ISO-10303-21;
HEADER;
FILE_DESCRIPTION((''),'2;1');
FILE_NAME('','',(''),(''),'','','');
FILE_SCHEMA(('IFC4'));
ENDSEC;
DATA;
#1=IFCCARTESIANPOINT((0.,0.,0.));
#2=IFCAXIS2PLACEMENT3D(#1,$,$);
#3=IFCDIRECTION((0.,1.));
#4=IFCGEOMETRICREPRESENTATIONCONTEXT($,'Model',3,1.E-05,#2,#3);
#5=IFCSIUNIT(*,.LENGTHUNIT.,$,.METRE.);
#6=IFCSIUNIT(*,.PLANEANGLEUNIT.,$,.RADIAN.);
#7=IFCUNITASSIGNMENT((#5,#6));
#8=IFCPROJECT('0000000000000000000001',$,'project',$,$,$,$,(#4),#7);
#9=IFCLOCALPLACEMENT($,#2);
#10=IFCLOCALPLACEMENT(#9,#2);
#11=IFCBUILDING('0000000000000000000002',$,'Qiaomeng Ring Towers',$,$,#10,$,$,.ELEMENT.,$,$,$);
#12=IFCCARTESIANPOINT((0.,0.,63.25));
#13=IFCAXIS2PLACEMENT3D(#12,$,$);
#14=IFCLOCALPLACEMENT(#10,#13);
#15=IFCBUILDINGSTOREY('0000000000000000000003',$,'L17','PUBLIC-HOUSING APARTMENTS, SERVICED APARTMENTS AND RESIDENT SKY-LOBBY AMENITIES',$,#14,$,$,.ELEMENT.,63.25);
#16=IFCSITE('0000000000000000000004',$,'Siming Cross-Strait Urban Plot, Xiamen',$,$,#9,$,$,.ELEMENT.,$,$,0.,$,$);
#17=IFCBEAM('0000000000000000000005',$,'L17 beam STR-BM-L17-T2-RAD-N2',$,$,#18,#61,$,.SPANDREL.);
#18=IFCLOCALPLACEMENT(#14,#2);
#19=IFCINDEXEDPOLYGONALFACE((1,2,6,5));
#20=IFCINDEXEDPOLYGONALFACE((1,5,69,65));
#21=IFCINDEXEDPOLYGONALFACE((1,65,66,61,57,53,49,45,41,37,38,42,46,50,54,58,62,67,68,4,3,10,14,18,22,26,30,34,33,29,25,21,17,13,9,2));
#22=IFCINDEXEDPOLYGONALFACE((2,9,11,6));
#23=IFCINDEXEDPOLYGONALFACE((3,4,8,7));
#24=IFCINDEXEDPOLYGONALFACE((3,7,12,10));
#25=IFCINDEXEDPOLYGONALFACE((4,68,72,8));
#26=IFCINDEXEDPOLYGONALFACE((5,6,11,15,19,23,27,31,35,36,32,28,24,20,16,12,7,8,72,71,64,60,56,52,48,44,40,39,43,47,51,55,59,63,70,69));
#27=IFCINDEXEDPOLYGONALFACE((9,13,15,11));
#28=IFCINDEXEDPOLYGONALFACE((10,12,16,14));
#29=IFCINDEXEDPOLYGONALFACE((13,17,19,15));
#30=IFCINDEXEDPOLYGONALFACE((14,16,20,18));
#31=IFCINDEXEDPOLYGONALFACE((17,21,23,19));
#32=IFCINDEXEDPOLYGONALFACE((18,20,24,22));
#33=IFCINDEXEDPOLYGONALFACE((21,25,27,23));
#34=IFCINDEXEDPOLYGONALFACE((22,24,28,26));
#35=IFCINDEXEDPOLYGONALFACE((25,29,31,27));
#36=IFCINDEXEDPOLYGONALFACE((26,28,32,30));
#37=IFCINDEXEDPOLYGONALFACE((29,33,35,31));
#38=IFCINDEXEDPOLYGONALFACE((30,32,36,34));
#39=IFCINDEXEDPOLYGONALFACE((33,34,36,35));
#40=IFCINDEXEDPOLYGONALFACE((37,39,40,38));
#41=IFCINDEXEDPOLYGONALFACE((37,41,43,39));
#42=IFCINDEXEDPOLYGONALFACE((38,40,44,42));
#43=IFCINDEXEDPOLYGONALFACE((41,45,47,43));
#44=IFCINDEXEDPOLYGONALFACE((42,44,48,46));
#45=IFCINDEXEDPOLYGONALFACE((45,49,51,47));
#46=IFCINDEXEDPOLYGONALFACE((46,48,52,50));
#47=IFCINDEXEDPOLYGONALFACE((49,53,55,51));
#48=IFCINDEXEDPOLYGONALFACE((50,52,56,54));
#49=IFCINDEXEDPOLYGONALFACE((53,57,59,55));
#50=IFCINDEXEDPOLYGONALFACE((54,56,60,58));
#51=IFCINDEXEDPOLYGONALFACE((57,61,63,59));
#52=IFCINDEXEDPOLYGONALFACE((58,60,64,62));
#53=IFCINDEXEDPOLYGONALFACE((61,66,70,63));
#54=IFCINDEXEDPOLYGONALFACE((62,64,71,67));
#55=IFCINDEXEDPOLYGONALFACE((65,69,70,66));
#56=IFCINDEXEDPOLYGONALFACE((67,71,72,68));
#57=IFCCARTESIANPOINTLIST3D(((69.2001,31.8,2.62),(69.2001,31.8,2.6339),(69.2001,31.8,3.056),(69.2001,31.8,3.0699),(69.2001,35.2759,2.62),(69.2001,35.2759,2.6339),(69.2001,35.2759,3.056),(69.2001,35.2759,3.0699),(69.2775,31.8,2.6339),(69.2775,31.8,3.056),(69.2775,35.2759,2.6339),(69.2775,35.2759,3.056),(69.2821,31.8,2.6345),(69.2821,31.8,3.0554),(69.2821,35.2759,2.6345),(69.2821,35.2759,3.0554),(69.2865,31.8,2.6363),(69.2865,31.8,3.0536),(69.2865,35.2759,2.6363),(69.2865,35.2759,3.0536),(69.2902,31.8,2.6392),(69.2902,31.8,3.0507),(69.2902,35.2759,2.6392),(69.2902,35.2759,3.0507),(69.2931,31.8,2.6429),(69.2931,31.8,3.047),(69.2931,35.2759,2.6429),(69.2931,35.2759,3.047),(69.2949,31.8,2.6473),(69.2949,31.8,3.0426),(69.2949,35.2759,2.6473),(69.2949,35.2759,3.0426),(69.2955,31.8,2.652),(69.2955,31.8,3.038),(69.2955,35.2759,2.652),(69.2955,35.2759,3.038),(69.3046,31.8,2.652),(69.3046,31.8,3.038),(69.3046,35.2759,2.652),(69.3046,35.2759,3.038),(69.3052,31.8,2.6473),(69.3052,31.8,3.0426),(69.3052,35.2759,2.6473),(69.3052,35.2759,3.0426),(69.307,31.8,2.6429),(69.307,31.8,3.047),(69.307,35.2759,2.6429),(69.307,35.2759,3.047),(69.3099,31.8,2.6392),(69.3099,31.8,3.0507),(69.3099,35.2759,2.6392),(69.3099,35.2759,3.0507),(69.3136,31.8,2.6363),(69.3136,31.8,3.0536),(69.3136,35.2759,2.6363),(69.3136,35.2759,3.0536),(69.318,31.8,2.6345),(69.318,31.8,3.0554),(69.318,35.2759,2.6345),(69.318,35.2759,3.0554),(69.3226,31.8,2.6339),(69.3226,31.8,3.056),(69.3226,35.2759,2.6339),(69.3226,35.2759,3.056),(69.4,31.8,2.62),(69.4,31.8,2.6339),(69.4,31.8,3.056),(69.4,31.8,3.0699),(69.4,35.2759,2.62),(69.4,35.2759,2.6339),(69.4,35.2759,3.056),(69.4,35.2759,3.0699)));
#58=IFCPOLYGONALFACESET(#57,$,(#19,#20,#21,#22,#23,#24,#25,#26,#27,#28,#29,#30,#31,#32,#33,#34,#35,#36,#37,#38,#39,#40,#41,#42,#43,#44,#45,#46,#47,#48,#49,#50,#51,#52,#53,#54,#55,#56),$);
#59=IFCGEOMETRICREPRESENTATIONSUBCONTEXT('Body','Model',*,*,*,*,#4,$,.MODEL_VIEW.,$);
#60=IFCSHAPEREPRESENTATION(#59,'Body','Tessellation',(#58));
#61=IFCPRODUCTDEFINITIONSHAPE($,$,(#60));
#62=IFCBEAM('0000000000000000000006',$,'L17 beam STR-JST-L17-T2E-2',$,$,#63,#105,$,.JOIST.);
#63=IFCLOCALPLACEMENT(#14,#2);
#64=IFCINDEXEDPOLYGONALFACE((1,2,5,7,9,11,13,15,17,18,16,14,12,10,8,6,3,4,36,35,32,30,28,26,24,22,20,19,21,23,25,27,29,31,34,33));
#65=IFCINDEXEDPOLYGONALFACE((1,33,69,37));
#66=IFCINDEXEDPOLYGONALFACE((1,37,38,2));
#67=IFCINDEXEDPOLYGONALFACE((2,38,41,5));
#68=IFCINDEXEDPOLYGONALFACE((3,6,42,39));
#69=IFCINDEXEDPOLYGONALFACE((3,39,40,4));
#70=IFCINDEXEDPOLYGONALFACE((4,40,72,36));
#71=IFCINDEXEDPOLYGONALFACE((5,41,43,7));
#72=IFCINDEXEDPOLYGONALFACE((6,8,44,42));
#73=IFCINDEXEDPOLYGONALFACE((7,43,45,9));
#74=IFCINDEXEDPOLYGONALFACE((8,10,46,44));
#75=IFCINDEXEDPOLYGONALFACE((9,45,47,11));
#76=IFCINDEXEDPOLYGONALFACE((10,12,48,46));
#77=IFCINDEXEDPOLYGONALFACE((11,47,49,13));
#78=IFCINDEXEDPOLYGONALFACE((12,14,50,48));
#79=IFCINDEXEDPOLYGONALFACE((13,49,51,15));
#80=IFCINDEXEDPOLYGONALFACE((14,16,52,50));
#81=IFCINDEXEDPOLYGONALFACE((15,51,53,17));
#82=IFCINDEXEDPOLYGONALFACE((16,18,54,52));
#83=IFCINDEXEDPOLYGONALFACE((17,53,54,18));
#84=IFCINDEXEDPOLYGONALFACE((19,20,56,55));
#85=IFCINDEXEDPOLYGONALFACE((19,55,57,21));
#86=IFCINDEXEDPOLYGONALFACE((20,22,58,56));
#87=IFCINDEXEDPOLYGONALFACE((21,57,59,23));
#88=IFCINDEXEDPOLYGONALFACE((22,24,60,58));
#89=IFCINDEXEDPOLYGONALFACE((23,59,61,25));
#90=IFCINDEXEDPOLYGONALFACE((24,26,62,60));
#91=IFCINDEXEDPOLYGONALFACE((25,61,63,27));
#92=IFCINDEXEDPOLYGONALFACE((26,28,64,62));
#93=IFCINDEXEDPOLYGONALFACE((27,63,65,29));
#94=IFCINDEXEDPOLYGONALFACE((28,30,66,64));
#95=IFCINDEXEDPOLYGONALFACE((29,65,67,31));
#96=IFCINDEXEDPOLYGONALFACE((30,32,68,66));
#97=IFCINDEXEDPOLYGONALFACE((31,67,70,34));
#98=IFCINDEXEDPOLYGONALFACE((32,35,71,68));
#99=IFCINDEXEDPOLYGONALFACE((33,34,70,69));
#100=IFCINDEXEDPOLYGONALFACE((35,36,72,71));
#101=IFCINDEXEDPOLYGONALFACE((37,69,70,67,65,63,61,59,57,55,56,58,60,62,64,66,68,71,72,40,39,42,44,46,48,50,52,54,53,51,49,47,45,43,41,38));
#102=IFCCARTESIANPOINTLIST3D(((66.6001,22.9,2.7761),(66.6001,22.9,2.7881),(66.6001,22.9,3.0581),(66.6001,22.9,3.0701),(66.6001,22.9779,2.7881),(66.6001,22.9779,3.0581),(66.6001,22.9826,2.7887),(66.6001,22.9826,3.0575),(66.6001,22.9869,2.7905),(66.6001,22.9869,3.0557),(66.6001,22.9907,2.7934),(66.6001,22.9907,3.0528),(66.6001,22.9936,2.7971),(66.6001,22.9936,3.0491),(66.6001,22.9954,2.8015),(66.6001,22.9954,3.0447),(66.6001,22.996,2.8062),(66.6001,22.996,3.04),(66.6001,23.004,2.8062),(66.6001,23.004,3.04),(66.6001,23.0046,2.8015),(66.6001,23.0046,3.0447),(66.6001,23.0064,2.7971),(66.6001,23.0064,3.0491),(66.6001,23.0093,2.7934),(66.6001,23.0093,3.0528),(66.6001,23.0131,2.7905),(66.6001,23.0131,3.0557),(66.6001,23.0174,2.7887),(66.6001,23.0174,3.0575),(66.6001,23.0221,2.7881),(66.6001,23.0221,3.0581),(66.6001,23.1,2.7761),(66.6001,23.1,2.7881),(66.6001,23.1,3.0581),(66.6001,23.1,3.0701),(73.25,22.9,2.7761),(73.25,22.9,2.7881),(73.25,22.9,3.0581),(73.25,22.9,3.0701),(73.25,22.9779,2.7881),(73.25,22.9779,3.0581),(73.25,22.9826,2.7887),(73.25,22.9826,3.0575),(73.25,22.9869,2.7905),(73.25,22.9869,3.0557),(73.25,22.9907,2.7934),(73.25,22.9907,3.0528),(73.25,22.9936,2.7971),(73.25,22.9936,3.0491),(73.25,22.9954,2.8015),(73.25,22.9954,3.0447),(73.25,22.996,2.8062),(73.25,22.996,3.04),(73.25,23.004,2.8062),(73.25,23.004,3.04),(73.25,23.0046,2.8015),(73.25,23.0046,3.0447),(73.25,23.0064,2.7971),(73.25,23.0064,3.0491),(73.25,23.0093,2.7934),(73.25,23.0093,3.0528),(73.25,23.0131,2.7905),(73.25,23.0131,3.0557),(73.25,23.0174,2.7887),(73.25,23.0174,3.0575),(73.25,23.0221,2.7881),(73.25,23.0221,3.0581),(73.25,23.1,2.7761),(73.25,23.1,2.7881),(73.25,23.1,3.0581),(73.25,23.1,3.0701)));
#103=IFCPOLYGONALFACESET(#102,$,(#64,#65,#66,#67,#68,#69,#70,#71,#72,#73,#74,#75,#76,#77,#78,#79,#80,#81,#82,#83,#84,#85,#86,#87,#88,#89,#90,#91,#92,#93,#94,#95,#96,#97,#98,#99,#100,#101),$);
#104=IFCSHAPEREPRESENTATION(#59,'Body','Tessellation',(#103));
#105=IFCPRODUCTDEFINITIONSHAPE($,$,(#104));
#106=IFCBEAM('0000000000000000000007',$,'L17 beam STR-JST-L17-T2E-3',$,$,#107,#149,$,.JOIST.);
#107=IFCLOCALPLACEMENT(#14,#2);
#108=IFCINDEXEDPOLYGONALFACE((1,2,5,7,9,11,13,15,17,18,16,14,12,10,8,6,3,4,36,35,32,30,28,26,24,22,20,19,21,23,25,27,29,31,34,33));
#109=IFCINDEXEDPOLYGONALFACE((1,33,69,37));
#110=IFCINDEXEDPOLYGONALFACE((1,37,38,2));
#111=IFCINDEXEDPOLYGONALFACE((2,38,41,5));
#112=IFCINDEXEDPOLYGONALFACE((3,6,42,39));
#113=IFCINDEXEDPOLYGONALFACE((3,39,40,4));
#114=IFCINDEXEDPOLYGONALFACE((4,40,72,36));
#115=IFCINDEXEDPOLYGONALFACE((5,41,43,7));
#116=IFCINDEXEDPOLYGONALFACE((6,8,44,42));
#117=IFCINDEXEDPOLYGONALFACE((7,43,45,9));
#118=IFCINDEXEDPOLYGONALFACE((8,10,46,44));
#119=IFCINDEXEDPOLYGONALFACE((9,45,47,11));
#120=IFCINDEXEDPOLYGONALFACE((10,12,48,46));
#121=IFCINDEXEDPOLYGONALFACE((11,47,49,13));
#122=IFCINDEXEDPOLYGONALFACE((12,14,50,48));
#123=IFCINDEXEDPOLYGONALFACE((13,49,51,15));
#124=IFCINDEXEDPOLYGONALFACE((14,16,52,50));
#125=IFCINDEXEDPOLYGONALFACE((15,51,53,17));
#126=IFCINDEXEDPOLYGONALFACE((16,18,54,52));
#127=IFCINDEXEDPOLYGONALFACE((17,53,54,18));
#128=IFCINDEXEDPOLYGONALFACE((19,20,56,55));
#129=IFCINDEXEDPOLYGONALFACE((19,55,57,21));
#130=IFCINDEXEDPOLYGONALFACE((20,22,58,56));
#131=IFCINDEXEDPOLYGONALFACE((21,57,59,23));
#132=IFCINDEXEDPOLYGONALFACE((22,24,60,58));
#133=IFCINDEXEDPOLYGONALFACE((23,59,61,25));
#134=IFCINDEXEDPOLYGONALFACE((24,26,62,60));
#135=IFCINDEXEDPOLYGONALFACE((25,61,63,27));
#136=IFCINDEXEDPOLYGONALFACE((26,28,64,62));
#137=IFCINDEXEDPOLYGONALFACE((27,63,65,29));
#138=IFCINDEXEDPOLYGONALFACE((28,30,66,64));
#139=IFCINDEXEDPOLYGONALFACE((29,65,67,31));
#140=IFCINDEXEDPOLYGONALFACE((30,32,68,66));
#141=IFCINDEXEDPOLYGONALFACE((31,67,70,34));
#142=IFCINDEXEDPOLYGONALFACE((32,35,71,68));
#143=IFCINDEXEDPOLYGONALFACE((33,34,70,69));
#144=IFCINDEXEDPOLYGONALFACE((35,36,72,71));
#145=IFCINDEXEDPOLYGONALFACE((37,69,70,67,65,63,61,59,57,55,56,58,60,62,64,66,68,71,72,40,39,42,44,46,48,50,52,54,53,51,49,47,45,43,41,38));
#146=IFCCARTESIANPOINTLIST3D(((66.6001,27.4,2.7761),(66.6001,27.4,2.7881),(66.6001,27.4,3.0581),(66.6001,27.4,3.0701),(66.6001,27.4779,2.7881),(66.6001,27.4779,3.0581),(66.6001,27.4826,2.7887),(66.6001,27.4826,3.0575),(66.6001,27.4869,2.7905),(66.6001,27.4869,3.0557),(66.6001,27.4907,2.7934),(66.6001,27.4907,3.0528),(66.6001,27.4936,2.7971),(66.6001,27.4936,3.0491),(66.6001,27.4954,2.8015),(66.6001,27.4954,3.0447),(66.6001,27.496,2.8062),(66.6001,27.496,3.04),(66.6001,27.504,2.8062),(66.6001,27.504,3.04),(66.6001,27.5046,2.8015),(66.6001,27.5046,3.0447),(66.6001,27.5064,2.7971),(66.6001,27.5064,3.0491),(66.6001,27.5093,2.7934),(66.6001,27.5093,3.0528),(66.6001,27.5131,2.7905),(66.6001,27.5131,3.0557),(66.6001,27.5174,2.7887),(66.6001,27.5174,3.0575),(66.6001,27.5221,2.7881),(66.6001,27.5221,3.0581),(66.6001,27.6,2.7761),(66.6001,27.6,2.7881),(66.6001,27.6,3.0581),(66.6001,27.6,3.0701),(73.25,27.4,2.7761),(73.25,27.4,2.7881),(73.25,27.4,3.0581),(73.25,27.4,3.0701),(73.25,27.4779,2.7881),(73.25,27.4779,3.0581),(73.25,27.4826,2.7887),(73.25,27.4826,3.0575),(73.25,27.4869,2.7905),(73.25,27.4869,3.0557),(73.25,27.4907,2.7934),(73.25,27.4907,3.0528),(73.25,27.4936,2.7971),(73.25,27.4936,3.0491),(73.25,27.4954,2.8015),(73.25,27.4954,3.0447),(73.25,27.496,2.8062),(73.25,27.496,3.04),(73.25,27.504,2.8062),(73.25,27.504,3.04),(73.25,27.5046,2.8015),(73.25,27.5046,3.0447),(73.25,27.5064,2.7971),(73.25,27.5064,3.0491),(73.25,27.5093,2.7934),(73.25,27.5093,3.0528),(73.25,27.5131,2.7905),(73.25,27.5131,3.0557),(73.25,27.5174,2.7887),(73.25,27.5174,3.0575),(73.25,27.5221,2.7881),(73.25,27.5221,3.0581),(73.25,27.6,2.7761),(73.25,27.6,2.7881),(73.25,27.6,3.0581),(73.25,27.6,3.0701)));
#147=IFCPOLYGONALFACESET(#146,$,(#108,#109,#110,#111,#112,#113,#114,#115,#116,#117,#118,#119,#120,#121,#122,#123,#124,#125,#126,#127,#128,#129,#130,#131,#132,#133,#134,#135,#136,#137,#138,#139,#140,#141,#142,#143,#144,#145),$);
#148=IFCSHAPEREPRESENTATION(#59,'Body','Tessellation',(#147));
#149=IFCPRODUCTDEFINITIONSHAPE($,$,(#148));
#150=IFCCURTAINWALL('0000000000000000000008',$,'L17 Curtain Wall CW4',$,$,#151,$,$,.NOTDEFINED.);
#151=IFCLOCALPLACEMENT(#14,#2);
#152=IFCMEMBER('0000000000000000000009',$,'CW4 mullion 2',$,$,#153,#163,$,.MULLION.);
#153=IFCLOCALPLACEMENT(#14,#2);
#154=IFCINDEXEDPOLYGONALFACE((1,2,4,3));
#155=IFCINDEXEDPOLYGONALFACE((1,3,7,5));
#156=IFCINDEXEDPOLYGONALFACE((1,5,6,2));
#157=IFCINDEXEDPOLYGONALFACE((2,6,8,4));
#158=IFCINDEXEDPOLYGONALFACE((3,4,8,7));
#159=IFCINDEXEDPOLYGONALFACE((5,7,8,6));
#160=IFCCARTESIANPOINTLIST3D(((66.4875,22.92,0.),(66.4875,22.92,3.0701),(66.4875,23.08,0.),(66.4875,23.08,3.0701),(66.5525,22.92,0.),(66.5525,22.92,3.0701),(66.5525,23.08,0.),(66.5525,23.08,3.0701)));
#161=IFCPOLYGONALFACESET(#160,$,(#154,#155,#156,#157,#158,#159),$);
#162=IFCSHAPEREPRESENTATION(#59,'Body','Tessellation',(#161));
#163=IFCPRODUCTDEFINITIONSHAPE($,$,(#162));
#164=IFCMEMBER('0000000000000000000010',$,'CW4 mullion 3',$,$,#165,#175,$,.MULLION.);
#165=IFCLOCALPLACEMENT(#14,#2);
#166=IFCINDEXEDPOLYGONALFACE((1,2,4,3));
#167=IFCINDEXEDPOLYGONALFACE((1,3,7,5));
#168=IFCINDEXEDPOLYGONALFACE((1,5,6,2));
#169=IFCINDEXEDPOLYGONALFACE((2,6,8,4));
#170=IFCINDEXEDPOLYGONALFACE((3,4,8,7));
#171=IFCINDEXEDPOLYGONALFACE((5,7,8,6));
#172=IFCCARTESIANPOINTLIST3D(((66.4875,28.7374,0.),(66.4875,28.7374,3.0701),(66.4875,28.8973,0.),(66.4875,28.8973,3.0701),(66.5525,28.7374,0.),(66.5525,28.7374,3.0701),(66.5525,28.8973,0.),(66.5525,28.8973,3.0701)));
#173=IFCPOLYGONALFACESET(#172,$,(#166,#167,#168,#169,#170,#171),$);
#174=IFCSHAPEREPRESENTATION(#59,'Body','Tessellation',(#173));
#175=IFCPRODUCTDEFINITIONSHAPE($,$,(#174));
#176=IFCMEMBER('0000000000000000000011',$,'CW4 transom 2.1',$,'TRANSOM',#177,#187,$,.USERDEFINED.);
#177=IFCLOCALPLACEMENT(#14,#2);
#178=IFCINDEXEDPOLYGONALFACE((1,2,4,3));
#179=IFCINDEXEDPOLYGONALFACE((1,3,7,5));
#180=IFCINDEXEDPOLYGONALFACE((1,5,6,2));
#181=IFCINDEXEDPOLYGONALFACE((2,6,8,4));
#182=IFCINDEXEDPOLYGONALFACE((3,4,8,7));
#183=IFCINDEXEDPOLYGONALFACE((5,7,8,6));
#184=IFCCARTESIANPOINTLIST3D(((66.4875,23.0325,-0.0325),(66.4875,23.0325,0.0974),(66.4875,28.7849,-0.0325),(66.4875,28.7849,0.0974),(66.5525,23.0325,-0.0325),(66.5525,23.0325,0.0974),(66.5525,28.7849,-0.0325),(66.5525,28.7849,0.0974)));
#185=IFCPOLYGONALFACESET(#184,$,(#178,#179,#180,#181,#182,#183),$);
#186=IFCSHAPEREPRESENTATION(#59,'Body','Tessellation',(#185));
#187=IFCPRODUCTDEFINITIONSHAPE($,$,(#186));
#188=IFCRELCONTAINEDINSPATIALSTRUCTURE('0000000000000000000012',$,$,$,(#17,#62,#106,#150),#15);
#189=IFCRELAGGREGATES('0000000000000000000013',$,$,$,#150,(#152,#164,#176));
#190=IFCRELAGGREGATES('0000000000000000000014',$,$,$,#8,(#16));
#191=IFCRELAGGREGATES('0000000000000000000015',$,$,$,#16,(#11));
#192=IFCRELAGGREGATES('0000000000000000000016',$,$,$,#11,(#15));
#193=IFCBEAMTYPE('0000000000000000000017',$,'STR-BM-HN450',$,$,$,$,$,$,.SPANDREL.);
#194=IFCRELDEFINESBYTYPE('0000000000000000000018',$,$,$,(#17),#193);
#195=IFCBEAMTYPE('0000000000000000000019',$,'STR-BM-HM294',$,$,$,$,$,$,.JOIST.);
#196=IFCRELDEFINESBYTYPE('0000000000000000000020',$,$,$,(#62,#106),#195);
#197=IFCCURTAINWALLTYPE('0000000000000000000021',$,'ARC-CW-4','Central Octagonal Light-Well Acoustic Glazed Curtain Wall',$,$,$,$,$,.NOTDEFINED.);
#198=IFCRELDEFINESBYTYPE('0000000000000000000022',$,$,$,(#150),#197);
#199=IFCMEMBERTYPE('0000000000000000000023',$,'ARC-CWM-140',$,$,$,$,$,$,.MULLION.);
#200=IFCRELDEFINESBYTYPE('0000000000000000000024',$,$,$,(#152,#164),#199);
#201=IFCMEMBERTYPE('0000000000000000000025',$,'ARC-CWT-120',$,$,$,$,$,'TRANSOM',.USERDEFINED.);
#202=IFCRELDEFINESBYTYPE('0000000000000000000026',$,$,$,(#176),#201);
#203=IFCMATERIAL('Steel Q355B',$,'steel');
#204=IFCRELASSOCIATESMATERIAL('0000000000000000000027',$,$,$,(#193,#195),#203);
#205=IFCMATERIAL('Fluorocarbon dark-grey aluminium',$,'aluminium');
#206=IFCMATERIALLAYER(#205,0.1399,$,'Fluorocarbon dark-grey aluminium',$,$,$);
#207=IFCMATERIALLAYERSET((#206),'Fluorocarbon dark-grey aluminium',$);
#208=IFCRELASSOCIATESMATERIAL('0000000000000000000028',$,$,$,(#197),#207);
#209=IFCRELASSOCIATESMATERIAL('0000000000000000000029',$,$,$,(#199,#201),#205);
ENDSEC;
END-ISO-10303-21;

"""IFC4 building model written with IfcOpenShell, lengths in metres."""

from ifc_helpers import new_model, si_unit, direction, frame, origin, origin_2d, place, context, subcontext, project, spatial, rectangle, i_section, extrude, source, transform, mapped, material, layer, layer_set, material_profile, profile_set, type_object, element, aggregate, save


model = new_model("IFC4")

# Units and contexts
model_context = context("Model", 3, precision=1e-05, world=origin(), true_north=direction((0.0, 1.0)))
body_context = subcontext(model_context, "Body", "Model", "MODEL_VIEW")
ifc_project = project(units=[si_unit("LENGTHUNIT", "METRE"), si_unit("PLANEANGLEUNIT", "RADIAN")], contexts=[model_context])

# Site, building, storey
site_placement = place(None, origin())
site = spatial("IfcSite", under=ifc_project, at=site_placement, Name="Siming Cross-Strait Urban Plot, Xiamen", CompositionType="ELEMENT", RefElevation=0.0)
building_placement = place(site_placement, origin())
building = spatial("IfcBuilding", under=site, at=building_placement, Name="Qiaomeng Ring Towers", CompositionType="ELEMENT")
storey_placement = place(building_placement, frame((0.0, 0.0, 63.25)))
storey = spatial("IfcBuildingStorey", under=building, at=storey_placement, Name="L17", Description="PUBLIC-HOUSING APARTMENTS, SERVICED APARTMENTS AND RESIDENT SKY-LOBBY AMENITIES", CompositionType="ELEMENT", Elevation=63.25)

# Beams
ifc_material_1 = material(Name="Steel Q355B", Category="steel")
ifc_material_profile_1 = material_profile(ifc_material_1, i_section(OverallWidth=0.2, OverallDepth=0.45, WebThickness=0.009, FlangeThickness=0.0139, FilletRadius=0.0181, at=origin_2d()), Name="HN 450x200x9x14")
ifc_profile_set_1 = profile_set([ifc_material_profile_1], Name="Steel Q355B")
beam_type_1 = type_object("IfcBeamType", Name="STR-BM-HN450", PredefinedType="SPANDREL", material=ifc_profile_set_1)
shared_shape_1 = source(origin(), body_context, "Body", "SweptSolid", [
    extrude(i_section(OverallWidth=0.2, OverallDepth=0.45, WebThickness=0.009, FlangeThickness=0.0139, FilletRadius=0.0181, at=origin_2d()), origin(), (0.0, 0.0, 1.0), 3.4758),
])
beam_1_placement = place(storey_placement, frame((69.3, 35.2759, 2.845), z_axis=(0.0, -1.0, 0.0), x_axis=(1.0, 0.0, 0.0)))
element("IfcBeam", 1, at=beam_1_placement, inside=storey, type_object=beam_type_1, Name="L17 beam STR-BM-L17-T2-RAD-N2", PredefinedType="SPANDREL", context=body_context, shape_type="MappedRepresentation", body=[
    mapped(shared_shape_1, transform((0.0, 0.0, 0.0), x_axis=(1.0, 0.0, 0.0), y_axis=(0.0, 1.0, 0.0), z_axis=(0.0, 0.0, 1.0), scale=1.0)),
])
ifc_material_profile_2 = material_profile(ifc_material_1, i_section(OverallWidth=0.2, OverallDepth=0.2939, WebThickness=0.0081, FlangeThickness=0.012, FilletRadius=0.0181, at=origin_2d()), Name="HM 294x200x8x12")
ifc_profile_set_2 = profile_set([ifc_material_profile_2], Name="Steel Q355B")
beam_type_2 = type_object("IfcBeamType", Name="STR-BM-HM294", PredefinedType="JOIST", material=ifc_profile_set_2)
shared_shape_2 = source(origin(), body_context, "Body", "SweptSolid", [
    extrude(i_section(OverallWidth=0.2, OverallDepth=0.2939, WebThickness=0.0081, FlangeThickness=0.012, FilletRadius=0.0181, at=origin_2d()), origin(), (0.0, 0.0, 1.0), 6.6499),
])
for number, where, z_axis, x_axis, name in (
    (2, (66.6001, 23.0, 2.9231), (1.0, 0.0, 0.0), (0.0, 1.0, 0.0), "L17 beam STR-JST-L17-T2E-2"),
    (3, (66.6001, 27.5, 2.9231), (1.0, 0.0, 0.0), (0.0, 1.0, 0.0), "L17 beam STR-JST-L17-T2E-3"),
):
    element("IfcBeam", number, at=place(storey_placement, frame(where, z_axis=z_axis, x_axis=x_axis)), inside=storey, type_object=beam_type_2, Name=name, PredefinedType="JOIST", context=body_context, shape_type="MappedRepresentation", body=[
        mapped(shared_shape_2, transform((0.0, 0.0, 0.0), x_axis=(1.0, 0.0, 0.0), y_axis=(0.0, 1.0, 0.0), z_axis=(0.0, 0.0, 1.0), scale=1.0)),
    ])

# Curtain wall, members
ifc_material_2 = material(Name="Fluorocarbon dark-grey aluminium", Category="aluminium")
ifc_layer_1 = layer(ifc_material_2, 0.1399, Name="Fluorocarbon dark-grey aluminium")
ifc_layer_set_1 = layer_set([ifc_layer_1], Name="Fluorocarbon dark-grey aluminium")
curtain_wall_type_1 = type_object("IfcCurtainWallType", Name="ARC-CW-4", Description="Central Octagonal Light-Well Acoustic Glazed Curtain Wall", PredefinedType="NOTDEFINED", material=ifc_layer_set_1)
curtain_wall_1_placement = place(storey_placement, origin())
curtain_wall_1 = element("IfcCurtainWall", 4, at=curtain_wall_1_placement, inside=storey, type_object=curtain_wall_type_1, Name="L17 Curtain Wall CW4", PredefinedType="NOTDEFINED")
ifc_material_profile_3 = material_profile(ifc_material_2, rectangle(XDim=0.0649, YDim=0.1599, at=origin_2d()), Name="ALU MULL 65x160")
ifc_profile_set_3 = profile_set([ifc_material_profile_3], Name="Fluorocarbon dark-grey aluminium")
member_type_1 = type_object("IfcMemberType", Name="ARC-CWM-140", PredefinedType="MULLION", material=ifc_profile_set_3)
shared_shape_3 = source(origin(), body_context, "Body", "SweptSolid", [
    extrude(rectangle(XDim=0.0649, YDim=0.1599, at=origin_2d()), origin(), (0.0, 0.0, 1.0), 3.0701),
])
member_1_placement = place(storey_placement, frame((66.52, 23.0, 0.0), z_axis=(0.0, 0.0, 1.0), x_axis=(-1.0, 0.0, 0.0)))
member_1 = element("IfcMember", 5, at=member_1_placement, type_object=member_type_1, Name="CW4 mullion 2", PredefinedType="MULLION", context=body_context, shape_type="MappedRepresentation", body=[
    mapped(shared_shape_3, transform((0.0, 0.0, 0.0), x_axis=(1.0, 0.0, 0.0), y_axis=(0.0, 1.0, 0.0), z_axis=(0.0, 0.0, 1.0), scale=1.0)),
])
member_2_placement = place(storey_placement, frame((66.52, 28.8174, 0.0), z_axis=(0.0, 0.0, 1.0), x_axis=(-1.0, 0.0, 0.0)))
member_2 = element("IfcMember", 6, at=member_2_placement, type_object=member_type_1, Name="CW4 mullion 3", PredefinedType="MULLION", context=body_context, shape_type="MappedRepresentation", body=[
    mapped(shared_shape_3, transform((0.0, 0.0, 0.0), x_axis=(1.0, 0.0, 0.0), y_axis=(0.0, 1.0, 0.0), z_axis=(0.0, 0.0, 1.0), scale=1.0)),
])
ifc_material_profile_4 = material_profile(ifc_material_2, rectangle(XDim=0.0649, YDim=0.1299, at=origin_2d()), Name="ALU TRAN 65x130")
ifc_profile_set_4 = profile_set([ifc_material_profile_4], Name="Fluorocarbon dark-grey aluminium")
member_type_2 = type_object("IfcMemberType", Name="ARC-CWT-120", ElementType="TRANSOM", PredefinedType="USERDEFINED", material=ifc_profile_set_4)
shared_shape_4 = source(origin(), body_context, "Body", "SweptSolid", [
    extrude(rectangle(XDim=0.0649, YDim=0.1299, at=origin_2d()), origin(), (0.0, 0.0, 1.0), 5.7524),
])
member_3_placement = place(storey_placement, frame((66.52, 23.0325, 0.0325), z_axis=(0.0, 1.0, 0.0), x_axis=(-1.0, 0.0, 0.0)))
member_3 = element("IfcMember", 7, at=member_3_placement, type_object=member_type_2, Name="CW4 transom 2.1", ObjectType="TRANSOM", PredefinedType="USERDEFINED", context=body_context, shape_type="MappedRepresentation", body=[
    mapped(shared_shape_4, transform((0.0, 0.0, 0.0), x_axis=(1.0, 0.0, 0.0), y_axis=(0.0, 1.0, 0.0), z_axis=(0.0, 0.0, 1.0), scale=1.0)),
])

aggregate(curtain_wall_1, [member_1, member_2, member_3])

save(model, "model.ifc")
